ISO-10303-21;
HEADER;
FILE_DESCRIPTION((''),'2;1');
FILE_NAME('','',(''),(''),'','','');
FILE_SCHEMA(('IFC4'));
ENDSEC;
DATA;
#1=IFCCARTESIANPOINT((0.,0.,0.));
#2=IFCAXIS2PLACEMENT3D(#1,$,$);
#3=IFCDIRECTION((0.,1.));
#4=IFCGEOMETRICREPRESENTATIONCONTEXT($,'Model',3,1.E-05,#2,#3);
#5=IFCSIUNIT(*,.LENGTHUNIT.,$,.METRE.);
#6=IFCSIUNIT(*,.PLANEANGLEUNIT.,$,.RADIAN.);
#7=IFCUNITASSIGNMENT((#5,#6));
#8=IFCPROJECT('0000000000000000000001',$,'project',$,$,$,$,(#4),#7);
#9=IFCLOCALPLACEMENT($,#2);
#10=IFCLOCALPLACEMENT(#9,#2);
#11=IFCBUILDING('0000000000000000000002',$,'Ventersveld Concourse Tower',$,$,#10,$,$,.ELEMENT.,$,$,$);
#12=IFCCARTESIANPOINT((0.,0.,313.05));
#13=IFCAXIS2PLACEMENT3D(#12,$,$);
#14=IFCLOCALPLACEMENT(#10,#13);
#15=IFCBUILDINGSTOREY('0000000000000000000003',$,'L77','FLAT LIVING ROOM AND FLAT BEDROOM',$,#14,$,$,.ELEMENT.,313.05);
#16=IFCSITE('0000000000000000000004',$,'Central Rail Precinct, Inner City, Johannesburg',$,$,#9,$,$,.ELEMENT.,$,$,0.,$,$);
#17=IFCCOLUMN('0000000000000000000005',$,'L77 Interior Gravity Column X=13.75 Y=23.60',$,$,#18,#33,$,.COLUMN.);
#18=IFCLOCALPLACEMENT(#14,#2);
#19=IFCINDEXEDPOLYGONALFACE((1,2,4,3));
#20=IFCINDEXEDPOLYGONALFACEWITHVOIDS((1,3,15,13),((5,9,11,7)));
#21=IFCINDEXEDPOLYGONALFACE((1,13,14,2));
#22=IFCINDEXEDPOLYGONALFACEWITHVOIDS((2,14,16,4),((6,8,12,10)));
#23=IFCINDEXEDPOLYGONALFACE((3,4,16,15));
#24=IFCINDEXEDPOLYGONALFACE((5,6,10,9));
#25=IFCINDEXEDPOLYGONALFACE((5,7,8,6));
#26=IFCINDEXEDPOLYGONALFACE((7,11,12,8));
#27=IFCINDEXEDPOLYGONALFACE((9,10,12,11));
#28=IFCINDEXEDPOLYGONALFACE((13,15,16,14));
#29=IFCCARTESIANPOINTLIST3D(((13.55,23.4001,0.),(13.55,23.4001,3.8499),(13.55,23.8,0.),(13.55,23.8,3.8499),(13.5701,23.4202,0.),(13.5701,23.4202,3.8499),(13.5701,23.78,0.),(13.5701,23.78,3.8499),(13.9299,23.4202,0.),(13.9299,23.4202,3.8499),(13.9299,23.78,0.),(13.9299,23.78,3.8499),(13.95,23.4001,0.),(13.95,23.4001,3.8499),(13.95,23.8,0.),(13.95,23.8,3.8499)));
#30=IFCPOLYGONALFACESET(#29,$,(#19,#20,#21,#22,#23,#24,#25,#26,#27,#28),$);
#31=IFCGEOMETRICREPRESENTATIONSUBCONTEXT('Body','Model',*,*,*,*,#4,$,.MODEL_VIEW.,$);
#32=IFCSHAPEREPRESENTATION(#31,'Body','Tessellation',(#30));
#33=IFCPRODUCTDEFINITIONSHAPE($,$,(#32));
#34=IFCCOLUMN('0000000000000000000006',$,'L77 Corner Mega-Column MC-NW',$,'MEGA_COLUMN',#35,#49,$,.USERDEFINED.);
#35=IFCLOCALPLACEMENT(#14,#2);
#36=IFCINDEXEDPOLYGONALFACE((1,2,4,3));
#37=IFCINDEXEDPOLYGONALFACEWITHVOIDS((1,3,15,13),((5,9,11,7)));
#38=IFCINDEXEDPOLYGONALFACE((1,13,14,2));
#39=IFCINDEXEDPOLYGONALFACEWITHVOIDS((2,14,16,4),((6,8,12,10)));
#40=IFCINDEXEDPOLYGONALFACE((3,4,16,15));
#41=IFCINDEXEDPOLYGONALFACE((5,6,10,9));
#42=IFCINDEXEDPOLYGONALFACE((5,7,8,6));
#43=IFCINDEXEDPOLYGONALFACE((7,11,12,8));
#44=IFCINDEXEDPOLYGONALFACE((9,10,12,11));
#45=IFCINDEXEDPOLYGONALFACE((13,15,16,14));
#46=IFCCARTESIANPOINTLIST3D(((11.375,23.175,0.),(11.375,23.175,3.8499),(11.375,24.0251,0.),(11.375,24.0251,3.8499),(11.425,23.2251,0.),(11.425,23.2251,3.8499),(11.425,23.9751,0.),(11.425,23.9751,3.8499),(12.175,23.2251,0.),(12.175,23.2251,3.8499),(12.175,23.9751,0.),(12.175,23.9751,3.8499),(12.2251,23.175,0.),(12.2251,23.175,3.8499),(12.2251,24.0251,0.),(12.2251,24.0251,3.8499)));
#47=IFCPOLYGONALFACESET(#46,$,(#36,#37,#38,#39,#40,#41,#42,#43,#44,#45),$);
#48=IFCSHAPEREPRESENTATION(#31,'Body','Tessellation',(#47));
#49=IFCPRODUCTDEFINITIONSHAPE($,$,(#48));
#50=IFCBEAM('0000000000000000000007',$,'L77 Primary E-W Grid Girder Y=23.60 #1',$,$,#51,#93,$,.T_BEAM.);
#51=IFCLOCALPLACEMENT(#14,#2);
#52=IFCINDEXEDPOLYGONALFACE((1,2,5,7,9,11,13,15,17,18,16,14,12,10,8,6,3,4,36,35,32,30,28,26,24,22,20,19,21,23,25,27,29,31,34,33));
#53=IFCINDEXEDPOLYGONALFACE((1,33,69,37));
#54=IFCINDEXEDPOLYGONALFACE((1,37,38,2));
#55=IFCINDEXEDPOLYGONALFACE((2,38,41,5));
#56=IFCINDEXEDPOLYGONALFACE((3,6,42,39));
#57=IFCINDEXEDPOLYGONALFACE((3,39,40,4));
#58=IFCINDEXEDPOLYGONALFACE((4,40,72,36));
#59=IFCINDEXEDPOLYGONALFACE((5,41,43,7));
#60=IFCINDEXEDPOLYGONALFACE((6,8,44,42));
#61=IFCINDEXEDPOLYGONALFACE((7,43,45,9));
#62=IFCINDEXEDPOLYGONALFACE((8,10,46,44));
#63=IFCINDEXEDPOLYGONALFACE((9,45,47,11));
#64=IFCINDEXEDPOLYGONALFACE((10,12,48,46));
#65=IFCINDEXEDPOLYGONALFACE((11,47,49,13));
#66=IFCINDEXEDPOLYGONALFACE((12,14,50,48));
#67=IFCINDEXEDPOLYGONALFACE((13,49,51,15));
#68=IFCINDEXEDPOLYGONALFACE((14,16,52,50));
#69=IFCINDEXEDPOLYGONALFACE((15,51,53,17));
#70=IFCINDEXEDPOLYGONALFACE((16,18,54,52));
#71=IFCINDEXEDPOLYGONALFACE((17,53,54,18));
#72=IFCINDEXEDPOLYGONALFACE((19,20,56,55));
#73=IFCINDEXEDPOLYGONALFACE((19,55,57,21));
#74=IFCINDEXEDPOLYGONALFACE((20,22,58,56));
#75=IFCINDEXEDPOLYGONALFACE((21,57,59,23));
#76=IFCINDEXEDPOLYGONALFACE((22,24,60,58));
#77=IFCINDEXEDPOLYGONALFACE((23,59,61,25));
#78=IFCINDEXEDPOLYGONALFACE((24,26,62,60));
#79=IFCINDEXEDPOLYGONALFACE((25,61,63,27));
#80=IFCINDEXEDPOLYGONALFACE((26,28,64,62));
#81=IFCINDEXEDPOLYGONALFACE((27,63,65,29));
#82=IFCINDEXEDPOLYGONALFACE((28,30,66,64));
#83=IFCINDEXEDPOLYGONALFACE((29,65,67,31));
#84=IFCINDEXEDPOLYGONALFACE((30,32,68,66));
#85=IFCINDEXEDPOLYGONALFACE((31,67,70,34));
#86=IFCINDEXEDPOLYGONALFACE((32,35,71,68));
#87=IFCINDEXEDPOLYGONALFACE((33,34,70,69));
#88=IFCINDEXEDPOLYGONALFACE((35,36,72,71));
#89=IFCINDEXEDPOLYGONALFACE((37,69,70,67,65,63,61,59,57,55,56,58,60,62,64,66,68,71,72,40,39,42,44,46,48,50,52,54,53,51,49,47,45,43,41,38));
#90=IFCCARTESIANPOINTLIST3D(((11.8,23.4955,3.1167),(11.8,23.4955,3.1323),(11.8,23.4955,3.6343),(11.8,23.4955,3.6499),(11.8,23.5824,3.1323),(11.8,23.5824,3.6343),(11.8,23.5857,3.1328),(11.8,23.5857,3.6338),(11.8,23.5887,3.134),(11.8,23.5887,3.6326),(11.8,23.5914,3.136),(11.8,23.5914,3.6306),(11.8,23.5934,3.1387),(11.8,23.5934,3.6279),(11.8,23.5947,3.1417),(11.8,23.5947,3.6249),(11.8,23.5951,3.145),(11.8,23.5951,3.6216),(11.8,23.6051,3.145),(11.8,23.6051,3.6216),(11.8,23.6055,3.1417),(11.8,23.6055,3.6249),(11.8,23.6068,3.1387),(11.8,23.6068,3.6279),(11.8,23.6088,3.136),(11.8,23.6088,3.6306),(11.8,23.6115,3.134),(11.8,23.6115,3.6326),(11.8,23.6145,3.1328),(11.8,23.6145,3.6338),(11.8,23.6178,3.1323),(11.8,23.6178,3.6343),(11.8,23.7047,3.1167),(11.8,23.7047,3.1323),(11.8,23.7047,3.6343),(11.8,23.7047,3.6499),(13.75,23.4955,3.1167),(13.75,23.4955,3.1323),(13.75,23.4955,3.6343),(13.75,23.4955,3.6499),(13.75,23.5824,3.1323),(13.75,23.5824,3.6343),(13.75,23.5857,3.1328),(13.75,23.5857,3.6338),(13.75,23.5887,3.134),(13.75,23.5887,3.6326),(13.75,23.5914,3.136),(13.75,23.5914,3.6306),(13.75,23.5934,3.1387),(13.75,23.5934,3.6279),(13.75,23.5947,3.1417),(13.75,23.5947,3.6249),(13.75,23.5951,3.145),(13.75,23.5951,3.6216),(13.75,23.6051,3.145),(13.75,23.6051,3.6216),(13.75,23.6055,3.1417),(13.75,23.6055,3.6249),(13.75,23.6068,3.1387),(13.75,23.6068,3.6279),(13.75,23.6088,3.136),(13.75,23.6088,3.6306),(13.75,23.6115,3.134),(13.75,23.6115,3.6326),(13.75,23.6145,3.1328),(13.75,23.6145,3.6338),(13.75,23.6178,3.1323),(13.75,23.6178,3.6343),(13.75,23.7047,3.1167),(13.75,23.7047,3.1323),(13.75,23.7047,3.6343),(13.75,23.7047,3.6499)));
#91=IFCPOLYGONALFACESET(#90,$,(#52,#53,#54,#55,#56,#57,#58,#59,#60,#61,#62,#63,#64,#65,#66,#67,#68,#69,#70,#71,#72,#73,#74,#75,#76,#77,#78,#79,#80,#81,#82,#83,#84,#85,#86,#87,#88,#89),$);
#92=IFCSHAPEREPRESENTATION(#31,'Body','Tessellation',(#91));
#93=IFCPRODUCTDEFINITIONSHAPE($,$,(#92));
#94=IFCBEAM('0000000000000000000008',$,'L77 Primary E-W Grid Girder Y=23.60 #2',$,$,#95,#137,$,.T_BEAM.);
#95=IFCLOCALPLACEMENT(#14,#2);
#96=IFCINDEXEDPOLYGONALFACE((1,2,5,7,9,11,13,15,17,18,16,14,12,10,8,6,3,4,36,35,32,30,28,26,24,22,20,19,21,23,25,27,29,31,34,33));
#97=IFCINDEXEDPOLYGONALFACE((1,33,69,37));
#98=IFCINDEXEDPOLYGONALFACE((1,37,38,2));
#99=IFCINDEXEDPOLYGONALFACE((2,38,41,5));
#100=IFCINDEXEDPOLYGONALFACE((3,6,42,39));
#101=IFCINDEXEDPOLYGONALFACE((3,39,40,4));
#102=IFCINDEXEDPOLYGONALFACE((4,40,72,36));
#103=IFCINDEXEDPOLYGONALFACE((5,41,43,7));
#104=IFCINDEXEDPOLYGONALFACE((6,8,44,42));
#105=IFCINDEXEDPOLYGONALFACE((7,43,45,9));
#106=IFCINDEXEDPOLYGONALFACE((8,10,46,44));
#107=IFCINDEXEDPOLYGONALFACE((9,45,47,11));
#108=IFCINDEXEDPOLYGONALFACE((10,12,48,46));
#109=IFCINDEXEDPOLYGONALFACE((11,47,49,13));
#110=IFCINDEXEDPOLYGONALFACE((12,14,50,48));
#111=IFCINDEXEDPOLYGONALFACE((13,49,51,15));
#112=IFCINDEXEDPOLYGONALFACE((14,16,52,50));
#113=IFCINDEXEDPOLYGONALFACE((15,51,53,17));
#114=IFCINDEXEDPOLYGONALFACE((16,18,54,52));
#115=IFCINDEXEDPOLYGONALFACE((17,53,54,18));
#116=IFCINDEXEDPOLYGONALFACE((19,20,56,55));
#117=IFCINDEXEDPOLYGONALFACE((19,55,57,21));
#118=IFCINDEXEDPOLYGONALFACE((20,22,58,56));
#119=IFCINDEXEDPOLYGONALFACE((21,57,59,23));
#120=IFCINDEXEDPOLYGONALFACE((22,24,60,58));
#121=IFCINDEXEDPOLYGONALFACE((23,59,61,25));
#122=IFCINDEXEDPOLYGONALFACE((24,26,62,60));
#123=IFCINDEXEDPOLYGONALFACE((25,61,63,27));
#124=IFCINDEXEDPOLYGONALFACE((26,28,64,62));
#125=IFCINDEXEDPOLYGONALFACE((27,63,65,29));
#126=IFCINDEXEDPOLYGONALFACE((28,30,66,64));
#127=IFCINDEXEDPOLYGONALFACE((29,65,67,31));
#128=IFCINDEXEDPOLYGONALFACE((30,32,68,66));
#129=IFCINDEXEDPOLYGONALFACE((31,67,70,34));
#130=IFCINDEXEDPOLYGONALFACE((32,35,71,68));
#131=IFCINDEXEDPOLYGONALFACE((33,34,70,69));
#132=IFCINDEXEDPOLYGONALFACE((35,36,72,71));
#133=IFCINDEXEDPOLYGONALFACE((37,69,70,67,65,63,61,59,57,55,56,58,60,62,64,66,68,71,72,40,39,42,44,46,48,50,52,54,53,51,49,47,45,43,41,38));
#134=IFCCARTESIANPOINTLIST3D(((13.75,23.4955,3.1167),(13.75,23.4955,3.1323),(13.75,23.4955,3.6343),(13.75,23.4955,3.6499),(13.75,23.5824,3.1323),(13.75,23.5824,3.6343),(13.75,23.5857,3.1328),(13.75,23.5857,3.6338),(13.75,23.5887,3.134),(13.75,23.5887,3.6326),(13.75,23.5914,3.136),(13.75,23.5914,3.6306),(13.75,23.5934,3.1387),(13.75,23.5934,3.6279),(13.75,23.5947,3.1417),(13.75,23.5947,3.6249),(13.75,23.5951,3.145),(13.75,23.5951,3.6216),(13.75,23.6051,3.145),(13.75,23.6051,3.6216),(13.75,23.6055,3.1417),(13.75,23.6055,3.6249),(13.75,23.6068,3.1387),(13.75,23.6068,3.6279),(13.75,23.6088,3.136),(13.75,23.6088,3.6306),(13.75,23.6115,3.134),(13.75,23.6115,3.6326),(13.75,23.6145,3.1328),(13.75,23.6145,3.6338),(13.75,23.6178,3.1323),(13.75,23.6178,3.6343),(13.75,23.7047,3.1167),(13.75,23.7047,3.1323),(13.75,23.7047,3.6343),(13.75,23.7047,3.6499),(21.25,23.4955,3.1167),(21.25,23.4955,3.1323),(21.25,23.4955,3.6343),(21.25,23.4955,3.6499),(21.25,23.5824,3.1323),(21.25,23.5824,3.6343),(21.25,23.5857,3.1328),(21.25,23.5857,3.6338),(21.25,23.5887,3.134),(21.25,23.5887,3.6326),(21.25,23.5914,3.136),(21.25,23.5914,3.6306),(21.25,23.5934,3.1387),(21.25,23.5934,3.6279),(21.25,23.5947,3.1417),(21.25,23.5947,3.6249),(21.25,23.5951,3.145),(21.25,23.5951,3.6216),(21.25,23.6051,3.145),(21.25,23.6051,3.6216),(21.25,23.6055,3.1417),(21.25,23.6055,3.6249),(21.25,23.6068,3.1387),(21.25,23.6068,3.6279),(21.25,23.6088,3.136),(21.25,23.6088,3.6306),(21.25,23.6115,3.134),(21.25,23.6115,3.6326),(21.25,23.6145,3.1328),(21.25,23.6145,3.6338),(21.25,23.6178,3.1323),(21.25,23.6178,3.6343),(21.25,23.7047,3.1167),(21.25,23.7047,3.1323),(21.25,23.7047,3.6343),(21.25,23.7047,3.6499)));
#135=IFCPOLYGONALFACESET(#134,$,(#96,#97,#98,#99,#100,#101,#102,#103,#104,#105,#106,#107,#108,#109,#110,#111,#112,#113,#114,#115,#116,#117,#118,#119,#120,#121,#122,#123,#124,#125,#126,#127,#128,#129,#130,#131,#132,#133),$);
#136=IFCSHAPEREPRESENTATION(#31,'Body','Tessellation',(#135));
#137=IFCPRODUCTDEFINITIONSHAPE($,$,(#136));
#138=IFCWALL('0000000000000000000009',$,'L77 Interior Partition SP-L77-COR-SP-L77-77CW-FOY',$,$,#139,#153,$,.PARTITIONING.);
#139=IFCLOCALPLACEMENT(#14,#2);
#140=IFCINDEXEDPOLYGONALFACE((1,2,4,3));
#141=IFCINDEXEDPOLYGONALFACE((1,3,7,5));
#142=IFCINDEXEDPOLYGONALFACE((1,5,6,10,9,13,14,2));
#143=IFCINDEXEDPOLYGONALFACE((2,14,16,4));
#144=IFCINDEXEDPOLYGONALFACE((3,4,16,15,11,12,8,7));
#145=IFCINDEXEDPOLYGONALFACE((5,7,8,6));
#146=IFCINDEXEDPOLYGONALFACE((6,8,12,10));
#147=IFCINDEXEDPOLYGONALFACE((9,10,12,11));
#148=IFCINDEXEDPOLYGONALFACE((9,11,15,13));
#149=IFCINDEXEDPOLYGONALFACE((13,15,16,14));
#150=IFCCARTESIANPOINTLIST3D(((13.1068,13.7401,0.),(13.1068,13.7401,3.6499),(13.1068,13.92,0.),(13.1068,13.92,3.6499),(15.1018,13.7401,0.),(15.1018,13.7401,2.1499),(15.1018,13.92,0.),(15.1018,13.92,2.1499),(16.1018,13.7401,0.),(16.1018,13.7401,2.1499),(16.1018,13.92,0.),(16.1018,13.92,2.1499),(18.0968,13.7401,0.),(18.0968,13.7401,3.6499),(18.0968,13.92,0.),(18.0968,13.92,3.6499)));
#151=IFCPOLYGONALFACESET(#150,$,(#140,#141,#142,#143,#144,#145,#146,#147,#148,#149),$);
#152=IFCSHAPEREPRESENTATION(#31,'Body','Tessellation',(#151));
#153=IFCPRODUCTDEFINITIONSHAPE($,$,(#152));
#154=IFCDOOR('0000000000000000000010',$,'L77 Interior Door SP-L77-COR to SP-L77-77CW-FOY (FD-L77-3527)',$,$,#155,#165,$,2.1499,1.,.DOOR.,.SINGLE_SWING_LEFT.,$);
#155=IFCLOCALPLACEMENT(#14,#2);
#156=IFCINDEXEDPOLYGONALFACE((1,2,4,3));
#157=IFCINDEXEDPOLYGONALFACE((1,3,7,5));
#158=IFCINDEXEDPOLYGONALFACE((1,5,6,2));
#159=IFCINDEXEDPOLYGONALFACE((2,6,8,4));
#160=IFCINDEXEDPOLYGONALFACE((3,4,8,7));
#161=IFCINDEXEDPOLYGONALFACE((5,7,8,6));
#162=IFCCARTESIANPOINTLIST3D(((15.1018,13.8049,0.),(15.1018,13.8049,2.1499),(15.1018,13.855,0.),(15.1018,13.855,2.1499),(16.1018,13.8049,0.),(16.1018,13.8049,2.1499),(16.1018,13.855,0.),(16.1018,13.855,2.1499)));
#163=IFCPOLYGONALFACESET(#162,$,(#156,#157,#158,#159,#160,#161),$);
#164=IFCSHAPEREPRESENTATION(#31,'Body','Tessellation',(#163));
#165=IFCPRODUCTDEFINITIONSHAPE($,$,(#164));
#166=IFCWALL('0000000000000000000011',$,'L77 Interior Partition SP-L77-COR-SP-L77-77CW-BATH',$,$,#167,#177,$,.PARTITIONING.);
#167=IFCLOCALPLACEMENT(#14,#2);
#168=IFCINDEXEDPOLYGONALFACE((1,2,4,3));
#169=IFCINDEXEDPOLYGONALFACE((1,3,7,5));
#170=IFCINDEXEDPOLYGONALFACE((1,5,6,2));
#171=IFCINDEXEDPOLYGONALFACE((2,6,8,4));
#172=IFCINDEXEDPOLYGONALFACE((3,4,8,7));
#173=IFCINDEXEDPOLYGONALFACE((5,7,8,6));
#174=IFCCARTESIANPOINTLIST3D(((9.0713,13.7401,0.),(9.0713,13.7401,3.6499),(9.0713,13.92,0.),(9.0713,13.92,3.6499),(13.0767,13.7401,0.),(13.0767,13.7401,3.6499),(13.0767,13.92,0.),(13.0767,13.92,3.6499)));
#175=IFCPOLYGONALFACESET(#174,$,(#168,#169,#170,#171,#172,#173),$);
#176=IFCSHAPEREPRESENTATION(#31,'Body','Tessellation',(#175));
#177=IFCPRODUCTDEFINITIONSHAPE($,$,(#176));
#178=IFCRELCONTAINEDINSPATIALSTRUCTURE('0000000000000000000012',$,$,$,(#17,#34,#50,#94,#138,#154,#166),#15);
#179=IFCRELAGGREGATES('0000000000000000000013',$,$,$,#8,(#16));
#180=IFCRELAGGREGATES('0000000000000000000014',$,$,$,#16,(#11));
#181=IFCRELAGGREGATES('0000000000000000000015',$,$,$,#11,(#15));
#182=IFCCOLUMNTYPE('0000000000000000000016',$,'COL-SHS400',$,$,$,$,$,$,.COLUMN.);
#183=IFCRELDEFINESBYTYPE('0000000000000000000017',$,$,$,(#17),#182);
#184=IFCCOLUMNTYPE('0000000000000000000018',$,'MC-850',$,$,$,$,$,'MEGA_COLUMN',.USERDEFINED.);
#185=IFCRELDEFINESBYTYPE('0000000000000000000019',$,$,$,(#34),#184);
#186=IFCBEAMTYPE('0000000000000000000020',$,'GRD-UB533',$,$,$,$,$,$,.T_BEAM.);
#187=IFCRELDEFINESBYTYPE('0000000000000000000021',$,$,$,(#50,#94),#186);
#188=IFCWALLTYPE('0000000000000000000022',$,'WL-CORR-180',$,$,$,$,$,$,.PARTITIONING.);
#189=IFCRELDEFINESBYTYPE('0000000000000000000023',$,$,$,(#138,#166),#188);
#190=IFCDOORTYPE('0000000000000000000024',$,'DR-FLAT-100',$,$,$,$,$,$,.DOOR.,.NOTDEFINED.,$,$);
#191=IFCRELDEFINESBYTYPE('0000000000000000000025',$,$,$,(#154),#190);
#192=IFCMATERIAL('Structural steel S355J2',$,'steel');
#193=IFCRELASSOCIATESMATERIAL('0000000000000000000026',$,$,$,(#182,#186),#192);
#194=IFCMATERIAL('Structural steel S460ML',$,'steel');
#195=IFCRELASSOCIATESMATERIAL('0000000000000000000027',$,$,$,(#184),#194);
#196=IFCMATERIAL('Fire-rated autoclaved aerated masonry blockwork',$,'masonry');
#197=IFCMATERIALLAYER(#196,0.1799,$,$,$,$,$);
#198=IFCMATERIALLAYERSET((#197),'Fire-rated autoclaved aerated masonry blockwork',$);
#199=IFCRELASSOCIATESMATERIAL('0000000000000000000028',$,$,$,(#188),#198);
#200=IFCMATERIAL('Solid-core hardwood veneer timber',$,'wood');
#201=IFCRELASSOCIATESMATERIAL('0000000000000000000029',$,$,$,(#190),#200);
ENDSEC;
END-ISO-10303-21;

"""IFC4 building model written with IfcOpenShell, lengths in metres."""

from ifc_helpers import new_model, si_unit, direction, frame, frame_2d, origin, origin_2d, place, context, subcontext, project, spatial, rectangle, hollow_rectangle, i_section, extrude, material, layer, layer_set, material_profile, profile_set, type_object, element, fill, save


model = new_model("IFC4")

# Units and contexts
model_context = context("Model", 3, precision=1e-05, world=origin(), true_north=direction((0.0, 1.0)))
body_context = subcontext(model_context, "Body", "Model", "MODEL_VIEW")
ifc_project = project(units=[si_unit("LENGTHUNIT", "METRE"), si_unit("PLANEANGLEUNIT", "RADIAN")], contexts=[model_context])

# Site, building, storey
site_placement = place(None, origin())
site = spatial("IfcSite", under=ifc_project, at=site_placement, Name="Central Rail Precinct, Inner City, Johannesburg", CompositionType="ELEMENT", RefElevation=0.0)
building_placement = place(site_placement, origin())
building = spatial("IfcBuilding", under=site, at=building_placement, Name="Ventersveld Concourse Tower", CompositionType="ELEMENT")
storey_placement = place(building_placement, frame((0.0, 0.0, 313.05)))
storey = spatial("IfcBuildingStorey", under=building, at=storey_placement, Name="L77", Description="FLAT LIVING ROOM AND FLAT BEDROOM", CompositionType="ELEMENT", Elevation=313.05)

# Columns
ifc_material_1 = material(Name="Structural steel S355J2", Category="steel")
ifc_material_profile_1 = material_profile(ifc_material_1, hollow_rectangle(XDim=0.3999, YDim=0.3999, WallThickness=0.02, at=origin_2d()), Name="SHS 400x400x20")
ifc_profile_set_1 = profile_set([ifc_material_profile_1], Name="Structural steel S355J2")
column_type_1 = type_object("IfcColumnType", Name="COL-SHS400", PredefinedType="COLUMN", material=ifc_profile_set_1)
column_1_placement = place(storey_placement, frame((13.75, 23.6001, 0.0), z_axis=(0.0, 0.0, 1.0), x_axis=(1.0, 0.0, 0.0)))
element("IfcColumn", 1, at=column_1_placement, inside=storey, type_object=column_type_1, Name="L77 Interior Gravity Column X=13.75 Y=23.60", PredefinedType="COLUMN", context=body_context, shape_type="SweptSolid", body=[
    extrude(hollow_rectangle(XDim=0.3999, YDim=0.3999, WallThickness=0.02, at=origin_2d()), origin(), (0.0, 0.0, 1.0), 3.8499),
])
ifc_material_2 = material(Name="Structural steel S460ML", Category="steel")
ifc_material_profile_2 = material_profile(ifc_material_2, hollow_rectangle(XDim=0.8501, YDim=0.8501, WallThickness=0.05, at=origin_2d()), Name="BOX 850x850x50")
ifc_profile_set_2 = profile_set([ifc_material_profile_2], Name="Structural steel S460ML")
column_type_2 = type_object("IfcColumnType", Name="MC-850", ElementType="MEGA_COLUMN", PredefinedType="USERDEFINED", material=ifc_profile_set_2)
column_2_placement = place(storey_placement, frame((11.8, 23.6001, 0.0), z_axis=(0.0, 0.0, 1.0), x_axis=(1.0, 0.0, 0.0)))
element("IfcColumn", 2, at=column_2_placement, inside=storey, type_object=column_type_2, Name="L77 Corner Mega-Column MC-NW", ObjectType="MEGA_COLUMN", PredefinedType="USERDEFINED", context=body_context, shape_type="SweptSolid", body=[
    extrude(hollow_rectangle(XDim=0.8501, YDim=0.8501, WallThickness=0.05, at=origin_2d()), origin(), (0.0, 0.0, 1.0), 3.8499),
])

# Beams
ifc_material_profile_3 = material_profile(ifc_material_1, i_section(OverallWidth=0.2092, OverallDepth=0.5332, WebThickness=0.01, FlangeThickness=0.0156, FilletRadius=0.0127, at=origin_2d()), Name="UB 533x210x92")
ifc_profile_set_3 = profile_set([ifc_material_profile_3], Name="Structural steel S355J2")
beam_type = type_object("IfcBeamType", Name="GRD-UB533", PredefinedType="T_BEAM", material=ifc_profile_set_3)
beam_1_placement = place(storey_placement, frame((11.8, 23.6001, 3.3833), z_axis=(1.0, 0.0, 0.0), x_axis=(0.0, 1.0, 0.0)))
element("IfcBeam", 3, at=beam_1_placement, inside=storey, type_object=beam_type, Name="L77 Primary E-W Grid Girder Y=23.60 #1", PredefinedType="T_BEAM", context=body_context, shape_type="SweptSolid", body=[
    extrude(i_section(OverallWidth=0.2092, OverallDepth=0.5332, WebThickness=0.01, FlangeThickness=0.0156, FilletRadius=0.0127, at=origin_2d()), origin(), (0.0, 0.0, 1.0), 1.95),
])
beam_2_placement = place(storey_placement, frame((13.75, 23.6001, 3.3833), z_axis=(1.0, 0.0, 0.0), x_axis=(0.0, 1.0, 0.0)))
element("IfcBeam", 4, at=beam_2_placement, inside=storey, type_object=beam_type, Name="L77 Primary E-W Grid Girder Y=23.60 #2", PredefinedType="T_BEAM", context=body_context, shape_type="SweptSolid", body=[
    extrude(i_section(OverallWidth=0.2092, OverallDepth=0.5332, WebThickness=0.01, FlangeThickness=0.0156, FilletRadius=0.0127, at=origin_2d()), origin(), (0.0, 0.0, 1.0), 7.5),
])

# Wall, opening, door
ifc_material_3 = material(Name="Fire-rated autoclaved aerated masonry blockwork", Category="masonry")
ifc_layer_1 = layer(ifc_material_3, 0.1799)
ifc_layer_set_1 = layer_set([ifc_layer_1], Name="Fire-rated autoclaved aerated masonry blockwork")
wall_type_1 = type_object("IfcWallType", Name="WL-CORR-180", PredefinedType="PARTITIONING", material=ifc_layer_set_1)
ifc_material_4 = material(Name="Solid-core hardwood veneer timber", Category="wood")
door_type_1 = type_object("IfcDoorType", Name="DR-FLAT-100", OperationType="NOTDEFINED", PredefinedType="DOOR", material=ifc_material_4)
wall_1_placement = place(storey_placement, frame((13.1067, 13.8301, 0.0), z_axis=(0.0, 0.0, 1.0), x_axis=(1.0, 0.0, 0.0)))
wall_1 = element("IfcWall", 5, at=wall_1_placement, inside=storey, type_object=wall_type_1, Name="L77 Interior Partition SP-L77-COR-SP-L77-77CW-FOY", PredefinedType="PARTITIONING", context=body_context, shape_type="SweptSolid", body=[
    extrude(rectangle(XDim=4.99, YDim=0.1799, at=frame_2d((2.4951, 0.0))), origin(), (0.0, 0.0, 1.0), 3.6499),
])
opening_1_placement = place(wall_1_placement, frame((1.9951, 0.0, 0.0)))
opening_1 = element("IfcOpeningElement", 6, at=opening_1_placement, cuts=wall_1, PredefinedType="OPENING", context=body_context, shape_type="SweptSolid", body=[
    extrude(rectangle(XDim=1.0, YDim=2.1499, at=frame_2d((0.5, 1.075))), frame((0.0, 0.1001, 0.0), z_axis=(0.0, -1.0, 0.0), x_axis=(1.0, 0.0, 0.0)), (0.0, 0.0, 1.0), 0.2),
])
door_1_placement = place(opening_1_placement, origin())
door_1 = element("IfcDoor", 7, at=door_1_placement, inside=storey, type_object=door_type_1, Name="L77 Interior Door SP-L77-COR to SP-L77-77CW-FOY (FD-L77-3527)", OperationType="SINGLE_SWING_LEFT", OverallHeight=2.1499, OverallWidth=1.0, PredefinedType="DOOR", context=body_context, shape_type="SweptSolid", body=[
    extrude(rectangle(XDim=1.0, YDim=2.1499, at=frame_2d((0.5, 1.075))), frame((0.0, 0.0249, 0.0), z_axis=(0.0, -1.0, 0.0), x_axis=(1.0, 0.0, 0.0)), (0.0, 0.0, 1.0), 0.05),
])
fill(opening_1, door_1)

# Wall
wall_2_placement = place(storey_placement, frame((9.0713, 13.8301, 0.0), z_axis=(0.0, 0.0, 1.0), x_axis=(1.0, 0.0, 0.0)))
element("IfcWall", 8, at=wall_2_placement, inside=storey, type_object=wall_type_1, Name="L77 Interior Partition SP-L77-COR-SP-L77-77CW-BATH", PredefinedType="PARTITIONING", context=body_context, shape_type="SweptSolid", body=[
    extrude(rectangle(XDim=4.0054, YDim=0.1799, at=frame_2d((2.0027, 0.0))), origin(), (0.0, 0.0, 1.0), 3.6499),
])

save(model, "model.ifc")
